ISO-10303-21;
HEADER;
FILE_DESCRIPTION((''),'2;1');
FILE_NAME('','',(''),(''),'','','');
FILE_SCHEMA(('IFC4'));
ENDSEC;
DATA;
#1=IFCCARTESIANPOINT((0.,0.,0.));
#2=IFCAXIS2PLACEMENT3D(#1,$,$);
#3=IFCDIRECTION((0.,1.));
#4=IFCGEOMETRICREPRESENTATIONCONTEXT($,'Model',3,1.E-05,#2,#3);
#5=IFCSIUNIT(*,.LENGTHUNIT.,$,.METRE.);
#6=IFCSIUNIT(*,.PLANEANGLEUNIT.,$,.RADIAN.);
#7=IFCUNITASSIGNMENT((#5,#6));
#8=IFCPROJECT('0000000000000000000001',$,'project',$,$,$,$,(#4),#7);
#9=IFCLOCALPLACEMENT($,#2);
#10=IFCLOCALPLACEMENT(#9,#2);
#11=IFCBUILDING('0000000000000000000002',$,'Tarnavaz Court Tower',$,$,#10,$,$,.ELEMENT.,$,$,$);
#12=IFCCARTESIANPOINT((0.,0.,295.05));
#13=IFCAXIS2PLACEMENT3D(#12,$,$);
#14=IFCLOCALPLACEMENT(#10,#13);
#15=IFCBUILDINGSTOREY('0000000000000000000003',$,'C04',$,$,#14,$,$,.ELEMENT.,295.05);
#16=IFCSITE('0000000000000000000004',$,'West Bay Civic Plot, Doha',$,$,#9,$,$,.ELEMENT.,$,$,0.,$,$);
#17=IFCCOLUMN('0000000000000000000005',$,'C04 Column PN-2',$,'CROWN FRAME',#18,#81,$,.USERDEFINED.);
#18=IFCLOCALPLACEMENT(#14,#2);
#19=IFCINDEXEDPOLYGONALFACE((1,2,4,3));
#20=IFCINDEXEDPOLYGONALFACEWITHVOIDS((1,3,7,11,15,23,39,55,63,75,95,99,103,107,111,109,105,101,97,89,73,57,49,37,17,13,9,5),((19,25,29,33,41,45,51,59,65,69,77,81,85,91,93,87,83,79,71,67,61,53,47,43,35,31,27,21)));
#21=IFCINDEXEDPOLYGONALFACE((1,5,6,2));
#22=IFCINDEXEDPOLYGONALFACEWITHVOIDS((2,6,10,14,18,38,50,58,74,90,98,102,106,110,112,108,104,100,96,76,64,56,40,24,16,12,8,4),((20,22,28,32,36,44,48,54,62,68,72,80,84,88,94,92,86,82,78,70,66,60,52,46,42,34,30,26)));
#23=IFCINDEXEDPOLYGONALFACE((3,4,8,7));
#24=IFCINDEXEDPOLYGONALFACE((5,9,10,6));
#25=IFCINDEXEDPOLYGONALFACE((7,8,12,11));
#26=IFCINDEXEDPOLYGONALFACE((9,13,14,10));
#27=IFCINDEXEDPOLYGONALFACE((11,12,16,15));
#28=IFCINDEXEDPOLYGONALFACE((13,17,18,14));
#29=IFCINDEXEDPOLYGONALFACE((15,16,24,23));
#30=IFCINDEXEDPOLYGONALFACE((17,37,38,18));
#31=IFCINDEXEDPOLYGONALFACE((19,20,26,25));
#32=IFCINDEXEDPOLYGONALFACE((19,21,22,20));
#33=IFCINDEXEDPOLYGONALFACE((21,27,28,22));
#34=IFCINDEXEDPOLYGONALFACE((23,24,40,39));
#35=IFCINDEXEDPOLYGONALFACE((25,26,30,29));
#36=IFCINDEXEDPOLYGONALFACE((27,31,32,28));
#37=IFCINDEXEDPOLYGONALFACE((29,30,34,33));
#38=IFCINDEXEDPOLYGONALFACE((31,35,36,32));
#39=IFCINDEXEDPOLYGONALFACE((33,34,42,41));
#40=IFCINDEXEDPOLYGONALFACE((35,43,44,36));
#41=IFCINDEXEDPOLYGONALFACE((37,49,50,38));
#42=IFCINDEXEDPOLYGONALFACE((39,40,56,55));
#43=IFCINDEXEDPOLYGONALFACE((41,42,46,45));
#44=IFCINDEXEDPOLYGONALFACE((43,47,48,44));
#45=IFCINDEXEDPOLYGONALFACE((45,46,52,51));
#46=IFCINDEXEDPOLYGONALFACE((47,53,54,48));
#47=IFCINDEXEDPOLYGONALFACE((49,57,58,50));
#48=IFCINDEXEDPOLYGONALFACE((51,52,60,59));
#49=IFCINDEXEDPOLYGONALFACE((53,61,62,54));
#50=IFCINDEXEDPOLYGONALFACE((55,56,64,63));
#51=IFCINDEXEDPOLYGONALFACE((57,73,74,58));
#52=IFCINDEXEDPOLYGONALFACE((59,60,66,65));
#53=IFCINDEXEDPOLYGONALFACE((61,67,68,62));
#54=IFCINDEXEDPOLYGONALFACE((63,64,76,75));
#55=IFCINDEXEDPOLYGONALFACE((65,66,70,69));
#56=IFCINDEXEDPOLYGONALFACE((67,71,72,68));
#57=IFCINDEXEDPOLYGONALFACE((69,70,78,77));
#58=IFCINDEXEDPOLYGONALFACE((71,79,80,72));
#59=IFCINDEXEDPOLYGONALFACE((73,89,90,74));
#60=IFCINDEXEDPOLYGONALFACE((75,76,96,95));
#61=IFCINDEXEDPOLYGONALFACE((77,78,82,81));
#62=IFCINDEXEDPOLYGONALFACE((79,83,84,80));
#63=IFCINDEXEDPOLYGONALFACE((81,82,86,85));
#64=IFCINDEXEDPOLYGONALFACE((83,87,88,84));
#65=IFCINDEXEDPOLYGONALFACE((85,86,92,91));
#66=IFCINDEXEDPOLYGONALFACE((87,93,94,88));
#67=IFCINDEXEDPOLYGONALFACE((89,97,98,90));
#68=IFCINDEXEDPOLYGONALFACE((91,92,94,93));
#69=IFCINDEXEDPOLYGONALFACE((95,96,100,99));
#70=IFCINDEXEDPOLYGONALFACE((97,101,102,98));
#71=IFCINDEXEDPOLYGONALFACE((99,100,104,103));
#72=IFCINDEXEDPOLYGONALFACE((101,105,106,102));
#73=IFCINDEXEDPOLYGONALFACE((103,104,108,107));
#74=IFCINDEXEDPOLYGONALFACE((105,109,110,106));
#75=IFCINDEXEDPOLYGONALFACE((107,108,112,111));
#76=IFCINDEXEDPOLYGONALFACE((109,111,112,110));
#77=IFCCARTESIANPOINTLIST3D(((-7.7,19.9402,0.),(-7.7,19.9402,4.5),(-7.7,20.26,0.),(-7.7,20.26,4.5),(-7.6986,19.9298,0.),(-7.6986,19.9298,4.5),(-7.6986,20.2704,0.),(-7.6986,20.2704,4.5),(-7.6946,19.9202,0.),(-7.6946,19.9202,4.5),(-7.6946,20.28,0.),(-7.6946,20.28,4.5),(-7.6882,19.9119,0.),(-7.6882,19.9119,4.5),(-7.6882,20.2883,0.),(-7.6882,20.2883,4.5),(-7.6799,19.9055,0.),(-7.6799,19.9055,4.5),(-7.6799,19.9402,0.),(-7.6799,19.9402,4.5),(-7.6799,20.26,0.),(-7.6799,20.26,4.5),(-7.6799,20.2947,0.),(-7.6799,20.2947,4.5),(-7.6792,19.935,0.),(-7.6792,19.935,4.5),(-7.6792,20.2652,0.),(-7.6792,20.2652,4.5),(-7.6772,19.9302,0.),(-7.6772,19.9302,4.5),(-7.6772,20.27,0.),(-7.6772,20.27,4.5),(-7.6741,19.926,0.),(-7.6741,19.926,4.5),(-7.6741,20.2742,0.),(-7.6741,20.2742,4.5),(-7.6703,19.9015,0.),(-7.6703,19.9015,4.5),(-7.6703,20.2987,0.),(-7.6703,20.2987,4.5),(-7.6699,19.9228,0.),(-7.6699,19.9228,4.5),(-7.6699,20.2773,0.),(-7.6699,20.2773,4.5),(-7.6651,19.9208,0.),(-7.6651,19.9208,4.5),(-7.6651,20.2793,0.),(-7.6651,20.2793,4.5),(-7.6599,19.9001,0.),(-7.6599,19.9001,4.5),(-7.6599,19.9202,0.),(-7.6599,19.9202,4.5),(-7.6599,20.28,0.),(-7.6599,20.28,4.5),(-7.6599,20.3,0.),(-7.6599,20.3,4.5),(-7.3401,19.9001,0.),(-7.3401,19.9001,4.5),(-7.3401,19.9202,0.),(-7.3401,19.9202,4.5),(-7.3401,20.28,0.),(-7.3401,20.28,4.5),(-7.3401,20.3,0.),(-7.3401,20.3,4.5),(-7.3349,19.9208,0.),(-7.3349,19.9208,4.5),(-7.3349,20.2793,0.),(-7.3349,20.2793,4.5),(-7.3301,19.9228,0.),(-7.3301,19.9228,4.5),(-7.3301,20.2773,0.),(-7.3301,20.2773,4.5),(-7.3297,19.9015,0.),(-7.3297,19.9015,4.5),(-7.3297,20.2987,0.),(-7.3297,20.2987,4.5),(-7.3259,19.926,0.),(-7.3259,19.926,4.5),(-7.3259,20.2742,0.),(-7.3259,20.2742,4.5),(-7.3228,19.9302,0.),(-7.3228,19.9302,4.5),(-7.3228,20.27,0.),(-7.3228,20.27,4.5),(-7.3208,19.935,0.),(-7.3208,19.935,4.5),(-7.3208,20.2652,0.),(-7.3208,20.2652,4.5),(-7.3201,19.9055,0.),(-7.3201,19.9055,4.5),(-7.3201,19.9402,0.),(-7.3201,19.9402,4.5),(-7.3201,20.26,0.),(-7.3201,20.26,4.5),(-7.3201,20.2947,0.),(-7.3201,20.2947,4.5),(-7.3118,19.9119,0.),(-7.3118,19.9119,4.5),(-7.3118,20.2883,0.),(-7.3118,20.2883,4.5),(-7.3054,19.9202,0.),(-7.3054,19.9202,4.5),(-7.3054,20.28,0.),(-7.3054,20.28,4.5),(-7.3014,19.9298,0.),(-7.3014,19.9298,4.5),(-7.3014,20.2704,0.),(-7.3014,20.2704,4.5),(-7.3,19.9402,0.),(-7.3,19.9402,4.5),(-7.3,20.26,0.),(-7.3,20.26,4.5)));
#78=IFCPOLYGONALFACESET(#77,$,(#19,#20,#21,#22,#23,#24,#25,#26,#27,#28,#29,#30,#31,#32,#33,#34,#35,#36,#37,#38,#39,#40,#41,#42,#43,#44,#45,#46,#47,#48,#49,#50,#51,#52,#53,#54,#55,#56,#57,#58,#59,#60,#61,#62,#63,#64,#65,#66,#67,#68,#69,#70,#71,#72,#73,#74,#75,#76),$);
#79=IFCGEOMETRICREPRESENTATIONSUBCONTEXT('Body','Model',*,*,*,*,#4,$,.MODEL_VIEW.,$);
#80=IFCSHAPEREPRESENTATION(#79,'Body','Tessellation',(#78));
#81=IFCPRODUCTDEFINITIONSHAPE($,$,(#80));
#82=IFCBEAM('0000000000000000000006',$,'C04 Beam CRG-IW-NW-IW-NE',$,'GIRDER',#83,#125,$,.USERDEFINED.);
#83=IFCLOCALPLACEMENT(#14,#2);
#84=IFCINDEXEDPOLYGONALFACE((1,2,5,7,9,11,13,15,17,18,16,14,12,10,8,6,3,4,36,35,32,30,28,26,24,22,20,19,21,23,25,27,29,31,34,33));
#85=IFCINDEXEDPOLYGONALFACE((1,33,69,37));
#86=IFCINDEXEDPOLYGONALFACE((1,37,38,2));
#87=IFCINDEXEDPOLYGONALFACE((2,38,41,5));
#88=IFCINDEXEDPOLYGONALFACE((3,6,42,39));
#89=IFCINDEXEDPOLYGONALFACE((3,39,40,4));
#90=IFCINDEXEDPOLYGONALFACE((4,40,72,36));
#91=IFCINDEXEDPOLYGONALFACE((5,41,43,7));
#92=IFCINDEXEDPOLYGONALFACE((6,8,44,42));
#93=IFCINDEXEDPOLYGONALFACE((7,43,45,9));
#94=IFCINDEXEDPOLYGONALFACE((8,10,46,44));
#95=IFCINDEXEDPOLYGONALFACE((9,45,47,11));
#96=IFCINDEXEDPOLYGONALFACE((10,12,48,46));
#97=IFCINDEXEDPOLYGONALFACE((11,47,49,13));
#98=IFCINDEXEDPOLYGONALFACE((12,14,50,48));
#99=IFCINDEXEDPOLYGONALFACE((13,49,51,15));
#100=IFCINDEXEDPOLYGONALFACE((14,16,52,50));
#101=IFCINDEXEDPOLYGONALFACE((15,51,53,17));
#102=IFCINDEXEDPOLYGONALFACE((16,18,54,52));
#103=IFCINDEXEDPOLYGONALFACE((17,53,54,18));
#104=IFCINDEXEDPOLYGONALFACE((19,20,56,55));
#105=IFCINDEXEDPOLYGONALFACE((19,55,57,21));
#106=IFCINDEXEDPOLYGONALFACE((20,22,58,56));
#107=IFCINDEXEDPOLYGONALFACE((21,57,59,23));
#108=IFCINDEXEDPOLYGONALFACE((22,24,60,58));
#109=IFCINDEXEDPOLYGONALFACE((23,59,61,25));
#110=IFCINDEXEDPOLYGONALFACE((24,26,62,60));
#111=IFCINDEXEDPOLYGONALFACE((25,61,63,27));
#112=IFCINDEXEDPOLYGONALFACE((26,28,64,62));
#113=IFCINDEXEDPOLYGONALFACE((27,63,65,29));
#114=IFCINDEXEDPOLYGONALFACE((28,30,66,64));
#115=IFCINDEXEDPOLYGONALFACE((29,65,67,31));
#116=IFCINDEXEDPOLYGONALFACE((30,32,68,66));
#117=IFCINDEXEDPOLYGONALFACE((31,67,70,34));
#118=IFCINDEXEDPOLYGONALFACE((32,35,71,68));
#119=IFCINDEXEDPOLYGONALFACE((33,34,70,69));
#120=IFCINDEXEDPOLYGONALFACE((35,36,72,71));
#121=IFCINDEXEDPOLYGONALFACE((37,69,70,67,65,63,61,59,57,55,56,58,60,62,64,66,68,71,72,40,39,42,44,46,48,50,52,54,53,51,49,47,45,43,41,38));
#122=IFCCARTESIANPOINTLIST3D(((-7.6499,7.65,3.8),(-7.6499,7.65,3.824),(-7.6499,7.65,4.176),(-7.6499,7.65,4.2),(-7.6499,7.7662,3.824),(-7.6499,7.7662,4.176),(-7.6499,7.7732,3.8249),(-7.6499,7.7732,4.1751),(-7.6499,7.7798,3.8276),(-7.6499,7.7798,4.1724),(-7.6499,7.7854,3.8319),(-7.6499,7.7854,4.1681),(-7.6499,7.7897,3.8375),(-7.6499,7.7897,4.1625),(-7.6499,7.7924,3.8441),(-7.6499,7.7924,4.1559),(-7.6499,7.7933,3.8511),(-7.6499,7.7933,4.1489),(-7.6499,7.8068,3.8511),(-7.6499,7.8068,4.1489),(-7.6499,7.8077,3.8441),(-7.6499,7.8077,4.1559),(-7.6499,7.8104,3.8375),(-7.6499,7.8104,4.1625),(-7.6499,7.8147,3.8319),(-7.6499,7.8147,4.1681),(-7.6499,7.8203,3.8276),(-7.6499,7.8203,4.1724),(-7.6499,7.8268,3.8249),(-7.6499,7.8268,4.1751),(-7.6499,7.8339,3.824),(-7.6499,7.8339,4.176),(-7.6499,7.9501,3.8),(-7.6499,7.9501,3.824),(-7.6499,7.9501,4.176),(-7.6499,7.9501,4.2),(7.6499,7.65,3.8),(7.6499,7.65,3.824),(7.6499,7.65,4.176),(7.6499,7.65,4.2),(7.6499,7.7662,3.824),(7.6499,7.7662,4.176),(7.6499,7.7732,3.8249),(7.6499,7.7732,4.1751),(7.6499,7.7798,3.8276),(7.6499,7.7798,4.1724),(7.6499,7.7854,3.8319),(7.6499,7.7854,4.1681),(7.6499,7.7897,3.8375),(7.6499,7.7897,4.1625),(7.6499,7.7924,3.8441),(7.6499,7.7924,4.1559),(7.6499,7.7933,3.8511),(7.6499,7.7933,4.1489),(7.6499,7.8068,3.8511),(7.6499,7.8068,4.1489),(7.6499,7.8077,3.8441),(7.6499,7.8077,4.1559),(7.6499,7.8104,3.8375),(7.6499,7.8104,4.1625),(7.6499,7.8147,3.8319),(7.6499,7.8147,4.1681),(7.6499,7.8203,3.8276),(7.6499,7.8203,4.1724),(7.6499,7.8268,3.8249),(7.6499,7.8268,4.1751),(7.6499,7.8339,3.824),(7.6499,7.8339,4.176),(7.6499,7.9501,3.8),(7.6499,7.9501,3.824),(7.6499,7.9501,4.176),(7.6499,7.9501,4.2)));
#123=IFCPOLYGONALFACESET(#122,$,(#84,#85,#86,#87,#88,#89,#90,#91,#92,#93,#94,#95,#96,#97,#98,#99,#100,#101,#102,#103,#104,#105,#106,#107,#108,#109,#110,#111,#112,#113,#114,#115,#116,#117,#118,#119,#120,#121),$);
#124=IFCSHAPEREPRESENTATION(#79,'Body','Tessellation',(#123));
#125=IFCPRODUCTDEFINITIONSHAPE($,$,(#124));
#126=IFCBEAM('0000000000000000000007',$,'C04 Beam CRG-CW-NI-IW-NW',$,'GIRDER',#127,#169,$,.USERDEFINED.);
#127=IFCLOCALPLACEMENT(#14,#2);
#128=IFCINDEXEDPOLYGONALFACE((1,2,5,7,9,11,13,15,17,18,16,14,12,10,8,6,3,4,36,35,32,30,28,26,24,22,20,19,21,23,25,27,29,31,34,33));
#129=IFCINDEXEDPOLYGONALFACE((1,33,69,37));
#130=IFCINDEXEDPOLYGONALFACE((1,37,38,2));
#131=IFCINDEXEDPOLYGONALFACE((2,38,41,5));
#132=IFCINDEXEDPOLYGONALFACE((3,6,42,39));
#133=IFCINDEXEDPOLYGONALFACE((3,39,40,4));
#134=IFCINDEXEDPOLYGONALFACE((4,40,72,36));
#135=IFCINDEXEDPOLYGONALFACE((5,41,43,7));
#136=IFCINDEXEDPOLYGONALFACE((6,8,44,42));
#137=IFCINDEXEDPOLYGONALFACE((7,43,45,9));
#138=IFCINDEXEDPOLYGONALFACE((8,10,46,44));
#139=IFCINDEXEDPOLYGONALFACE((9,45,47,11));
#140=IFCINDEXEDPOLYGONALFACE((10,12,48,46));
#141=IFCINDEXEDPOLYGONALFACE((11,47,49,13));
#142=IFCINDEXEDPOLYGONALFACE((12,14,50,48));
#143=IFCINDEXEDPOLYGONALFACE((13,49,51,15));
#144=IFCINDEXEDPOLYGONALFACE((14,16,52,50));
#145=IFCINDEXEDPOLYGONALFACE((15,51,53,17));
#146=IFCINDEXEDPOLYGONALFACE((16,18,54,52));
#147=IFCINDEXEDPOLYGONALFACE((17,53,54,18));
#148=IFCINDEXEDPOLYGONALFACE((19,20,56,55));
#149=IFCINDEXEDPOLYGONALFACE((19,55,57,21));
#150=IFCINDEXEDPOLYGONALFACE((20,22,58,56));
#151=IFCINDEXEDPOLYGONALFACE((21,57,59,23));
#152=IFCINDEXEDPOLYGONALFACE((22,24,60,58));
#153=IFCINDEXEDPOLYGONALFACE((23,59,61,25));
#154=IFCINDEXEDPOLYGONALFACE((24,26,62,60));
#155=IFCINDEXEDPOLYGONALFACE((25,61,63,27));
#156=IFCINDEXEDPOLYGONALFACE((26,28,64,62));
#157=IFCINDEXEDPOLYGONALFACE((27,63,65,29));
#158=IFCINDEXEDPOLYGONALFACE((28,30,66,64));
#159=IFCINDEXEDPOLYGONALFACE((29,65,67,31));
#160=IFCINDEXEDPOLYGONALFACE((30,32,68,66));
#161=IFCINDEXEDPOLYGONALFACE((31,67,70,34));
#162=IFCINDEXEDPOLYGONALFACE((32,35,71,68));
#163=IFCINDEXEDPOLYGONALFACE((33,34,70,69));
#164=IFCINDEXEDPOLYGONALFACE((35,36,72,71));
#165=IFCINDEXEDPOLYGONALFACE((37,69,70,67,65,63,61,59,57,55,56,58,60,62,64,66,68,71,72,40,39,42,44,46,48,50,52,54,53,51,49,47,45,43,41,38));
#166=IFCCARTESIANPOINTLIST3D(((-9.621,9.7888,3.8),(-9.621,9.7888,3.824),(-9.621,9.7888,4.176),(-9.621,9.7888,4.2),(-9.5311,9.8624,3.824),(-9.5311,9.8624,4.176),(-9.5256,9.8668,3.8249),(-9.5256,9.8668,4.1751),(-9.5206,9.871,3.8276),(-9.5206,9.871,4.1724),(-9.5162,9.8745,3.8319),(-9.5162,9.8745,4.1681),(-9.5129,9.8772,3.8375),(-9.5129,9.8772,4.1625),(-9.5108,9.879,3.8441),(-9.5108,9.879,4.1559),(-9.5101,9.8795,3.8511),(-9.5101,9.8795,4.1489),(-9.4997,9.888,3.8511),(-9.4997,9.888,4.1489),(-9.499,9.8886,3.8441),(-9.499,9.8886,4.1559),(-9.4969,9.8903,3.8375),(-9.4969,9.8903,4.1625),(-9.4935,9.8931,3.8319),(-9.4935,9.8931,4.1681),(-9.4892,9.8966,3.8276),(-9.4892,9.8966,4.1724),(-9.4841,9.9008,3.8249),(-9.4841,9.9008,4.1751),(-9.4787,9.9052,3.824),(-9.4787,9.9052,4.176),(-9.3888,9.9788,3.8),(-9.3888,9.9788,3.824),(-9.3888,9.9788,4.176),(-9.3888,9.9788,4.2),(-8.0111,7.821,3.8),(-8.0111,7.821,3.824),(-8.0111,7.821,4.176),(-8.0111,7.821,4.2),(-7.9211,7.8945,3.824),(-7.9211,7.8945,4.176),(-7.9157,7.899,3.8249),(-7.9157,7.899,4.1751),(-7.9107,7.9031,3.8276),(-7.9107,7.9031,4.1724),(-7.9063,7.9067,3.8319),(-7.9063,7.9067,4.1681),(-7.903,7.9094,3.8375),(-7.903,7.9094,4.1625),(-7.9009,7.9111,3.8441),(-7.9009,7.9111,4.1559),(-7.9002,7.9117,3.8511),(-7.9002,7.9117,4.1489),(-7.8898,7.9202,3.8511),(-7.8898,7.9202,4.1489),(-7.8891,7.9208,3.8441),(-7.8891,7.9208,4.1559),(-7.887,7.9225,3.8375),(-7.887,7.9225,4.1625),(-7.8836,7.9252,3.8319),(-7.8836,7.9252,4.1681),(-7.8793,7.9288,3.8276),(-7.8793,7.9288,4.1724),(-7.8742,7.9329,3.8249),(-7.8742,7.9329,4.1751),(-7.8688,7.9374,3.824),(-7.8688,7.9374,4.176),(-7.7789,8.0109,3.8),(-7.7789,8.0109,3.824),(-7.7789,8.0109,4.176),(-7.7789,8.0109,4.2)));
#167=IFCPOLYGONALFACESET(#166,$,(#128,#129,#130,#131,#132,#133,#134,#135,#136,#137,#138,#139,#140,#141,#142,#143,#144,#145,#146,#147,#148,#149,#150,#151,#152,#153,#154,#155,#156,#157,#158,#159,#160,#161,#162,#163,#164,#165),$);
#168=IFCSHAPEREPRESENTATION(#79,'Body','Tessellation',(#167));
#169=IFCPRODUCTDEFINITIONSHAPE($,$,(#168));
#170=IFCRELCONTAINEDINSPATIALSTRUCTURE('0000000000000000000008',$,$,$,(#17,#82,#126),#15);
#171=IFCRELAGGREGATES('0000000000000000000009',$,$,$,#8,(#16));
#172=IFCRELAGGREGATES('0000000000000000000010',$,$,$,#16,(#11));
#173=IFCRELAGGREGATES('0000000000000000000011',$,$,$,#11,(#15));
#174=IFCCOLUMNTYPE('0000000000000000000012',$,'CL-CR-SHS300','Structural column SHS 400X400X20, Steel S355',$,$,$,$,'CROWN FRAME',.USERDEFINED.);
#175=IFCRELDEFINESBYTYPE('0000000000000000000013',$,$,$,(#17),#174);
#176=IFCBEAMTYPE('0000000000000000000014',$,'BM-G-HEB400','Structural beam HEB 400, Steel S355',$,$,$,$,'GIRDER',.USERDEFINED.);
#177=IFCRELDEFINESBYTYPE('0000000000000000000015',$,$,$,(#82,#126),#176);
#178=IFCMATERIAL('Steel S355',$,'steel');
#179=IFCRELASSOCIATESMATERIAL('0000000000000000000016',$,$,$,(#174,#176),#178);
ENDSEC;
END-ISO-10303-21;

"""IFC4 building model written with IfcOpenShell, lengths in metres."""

from ifc_helpers import new_model, si_unit, direction, frame, origin, origin_2d, place, context, subcontext, project, spatial, hollow_rectangle, i_section, extrude, material, material_profile, profile_set, type_object, element, save


model = new_model("IFC4")

# Units and contexts
model_context = context("Model", 3, precision=1e-05, world=origin(), true_north=direction((0.0, 1.0)))
body_context = subcontext(model_context, "Body", "Model", "MODEL_VIEW")
ifc_project = project(units=[si_unit("LENGTHUNIT", "METRE"), si_unit("PLANEANGLEUNIT", "RADIAN")], contexts=[model_context])

# Site, building, storey
site_placement = place(None, origin())
site = spatial("IfcSite", under=ifc_project, at=site_placement, Name="West Bay Civic Plot, Doha", CompositionType="ELEMENT", RefElevation=0.0)
building_placement = place(site_placement, origin())
building = spatial("IfcBuilding", under=site, at=building_placement, Name="Tarnavaz Court Tower", CompositionType="ELEMENT")
storey_placement = place(building_placement, frame((0.0, 0.0, 295.05)))
storey = spatial("IfcBuildingStorey", under=building, at=storey_placement, Name="C04", CompositionType="ELEMENT", Elevation=295.05)

# Column
ifc_material_1 = material(Name="Steel S355", Category="steel")
ifc_material_profile_1 = material_profile(ifc_material_1, hollow_rectangle(XDim=0.3999, YDim=0.3999, WallThickness=0.02, InnerFilletRadius=0.02, OuterFilletRadius=0.04, at=origin_2d()), Name="SHS 400X400X20")
ifc_profile_set_1 = profile_set([ifc_material_profile_1], Name="Steel S355")
column_type = type_object("IfcColumnType", Name="CL-CR-SHS300", Description="Structural column SHS 400X400X20, Steel S355", ElementType="CROWN FRAME", PredefinedType="USERDEFINED", material=ifc_profile_set_1)
for number, where, z_axis, x_axis, name in (
    (1, (-7.5, 20.1001, 0.0), (0.0, 0.0, 1.0), (1.0, 0.0, 0.0), "C04 Column PN-2"),
):
    element("IfcColumn", number, at=place(storey_placement, frame(where, z_axis=z_axis, x_axis=x_axis)), inside=storey, type_object=column_type, Name=name, ObjectType="CROWN FRAME", PredefinedType="USERDEFINED", context=body_context, shape_type="SweptSolid", body=[
        extrude(hollow_rectangle(XDim=0.3999, YDim=0.3999, WallThickness=0.02, InnerFilletRadius=0.02, OuterFilletRadius=0.04, at=origin_2d()), origin(), (0.0, 0.0, 1.0), 4.5),
    ])

# Beams
ifc_material_profile_2 = material_profile(ifc_material_1, i_section(OverallWidth=0.3, OverallDepth=0.3999, WebThickness=0.0134, FlangeThickness=0.0239, FilletRadius=0.0271, at=origin_2d()), Name="HEB 400")
ifc_profile_set_2 = profile_set([ifc_material_profile_2], Name="Steel S355")
beam_type = type_object("IfcBeamType", Name="BM-G-HEB400", Description="Structural beam HEB 400, Steel S355", ElementType="GIRDER", PredefinedType="USERDEFINED", material=ifc_profile_set_2)
beam_1_placement = place(storey_placement, frame((-7.6499, 7.8, 4.0), z_axis=(1.0, 0.0, 0.0), x_axis=(0.0, 1.0, 0.0)))
element("IfcBeam", 2, at=beam_1_placement, inside=storey, type_object=beam_type, Name="C04 Beam CRG-IW-NW-IW-NE", ObjectType="GIRDER", PredefinedType="USERDEFINED", context=body_context, shape_type="SweptSolid", body=[
    extrude(i_section(OverallWidth=0.3, OverallDepth=0.3999, WebThickness=0.0134, FlangeThickness=0.0239, FilletRadius=0.0271, at=origin_2d()), origin(), (0.0, 0.0, 1.0), 15.2998),
])
beam_2_placement = place(storey_placement, frame((-9.5049, 9.8838, 4.0), z_axis=(0.633206, -0.773983, 0.0), x_axis=(0.773983, 0.633206, 0.0)))
element("IfcBeam", 3, at=beam_2_placement, inside=storey, type_object=beam_type, Name="C04 Beam CRG-CW-NI-IW-NW", ObjectType="GIRDER", PredefinedType="USERDEFINED", context=body_context, shape_type="SweptSolid", body=[
    extrude(i_section(OverallWidth=0.3, OverallDepth=0.3999, WebThickness=0.0134, FlangeThickness=0.0239, FilletRadius=0.0271, at=origin_2d()), origin(), (0.0, 0.0, 1.0), 2.5425),
])

save(model, "model.ifc")
